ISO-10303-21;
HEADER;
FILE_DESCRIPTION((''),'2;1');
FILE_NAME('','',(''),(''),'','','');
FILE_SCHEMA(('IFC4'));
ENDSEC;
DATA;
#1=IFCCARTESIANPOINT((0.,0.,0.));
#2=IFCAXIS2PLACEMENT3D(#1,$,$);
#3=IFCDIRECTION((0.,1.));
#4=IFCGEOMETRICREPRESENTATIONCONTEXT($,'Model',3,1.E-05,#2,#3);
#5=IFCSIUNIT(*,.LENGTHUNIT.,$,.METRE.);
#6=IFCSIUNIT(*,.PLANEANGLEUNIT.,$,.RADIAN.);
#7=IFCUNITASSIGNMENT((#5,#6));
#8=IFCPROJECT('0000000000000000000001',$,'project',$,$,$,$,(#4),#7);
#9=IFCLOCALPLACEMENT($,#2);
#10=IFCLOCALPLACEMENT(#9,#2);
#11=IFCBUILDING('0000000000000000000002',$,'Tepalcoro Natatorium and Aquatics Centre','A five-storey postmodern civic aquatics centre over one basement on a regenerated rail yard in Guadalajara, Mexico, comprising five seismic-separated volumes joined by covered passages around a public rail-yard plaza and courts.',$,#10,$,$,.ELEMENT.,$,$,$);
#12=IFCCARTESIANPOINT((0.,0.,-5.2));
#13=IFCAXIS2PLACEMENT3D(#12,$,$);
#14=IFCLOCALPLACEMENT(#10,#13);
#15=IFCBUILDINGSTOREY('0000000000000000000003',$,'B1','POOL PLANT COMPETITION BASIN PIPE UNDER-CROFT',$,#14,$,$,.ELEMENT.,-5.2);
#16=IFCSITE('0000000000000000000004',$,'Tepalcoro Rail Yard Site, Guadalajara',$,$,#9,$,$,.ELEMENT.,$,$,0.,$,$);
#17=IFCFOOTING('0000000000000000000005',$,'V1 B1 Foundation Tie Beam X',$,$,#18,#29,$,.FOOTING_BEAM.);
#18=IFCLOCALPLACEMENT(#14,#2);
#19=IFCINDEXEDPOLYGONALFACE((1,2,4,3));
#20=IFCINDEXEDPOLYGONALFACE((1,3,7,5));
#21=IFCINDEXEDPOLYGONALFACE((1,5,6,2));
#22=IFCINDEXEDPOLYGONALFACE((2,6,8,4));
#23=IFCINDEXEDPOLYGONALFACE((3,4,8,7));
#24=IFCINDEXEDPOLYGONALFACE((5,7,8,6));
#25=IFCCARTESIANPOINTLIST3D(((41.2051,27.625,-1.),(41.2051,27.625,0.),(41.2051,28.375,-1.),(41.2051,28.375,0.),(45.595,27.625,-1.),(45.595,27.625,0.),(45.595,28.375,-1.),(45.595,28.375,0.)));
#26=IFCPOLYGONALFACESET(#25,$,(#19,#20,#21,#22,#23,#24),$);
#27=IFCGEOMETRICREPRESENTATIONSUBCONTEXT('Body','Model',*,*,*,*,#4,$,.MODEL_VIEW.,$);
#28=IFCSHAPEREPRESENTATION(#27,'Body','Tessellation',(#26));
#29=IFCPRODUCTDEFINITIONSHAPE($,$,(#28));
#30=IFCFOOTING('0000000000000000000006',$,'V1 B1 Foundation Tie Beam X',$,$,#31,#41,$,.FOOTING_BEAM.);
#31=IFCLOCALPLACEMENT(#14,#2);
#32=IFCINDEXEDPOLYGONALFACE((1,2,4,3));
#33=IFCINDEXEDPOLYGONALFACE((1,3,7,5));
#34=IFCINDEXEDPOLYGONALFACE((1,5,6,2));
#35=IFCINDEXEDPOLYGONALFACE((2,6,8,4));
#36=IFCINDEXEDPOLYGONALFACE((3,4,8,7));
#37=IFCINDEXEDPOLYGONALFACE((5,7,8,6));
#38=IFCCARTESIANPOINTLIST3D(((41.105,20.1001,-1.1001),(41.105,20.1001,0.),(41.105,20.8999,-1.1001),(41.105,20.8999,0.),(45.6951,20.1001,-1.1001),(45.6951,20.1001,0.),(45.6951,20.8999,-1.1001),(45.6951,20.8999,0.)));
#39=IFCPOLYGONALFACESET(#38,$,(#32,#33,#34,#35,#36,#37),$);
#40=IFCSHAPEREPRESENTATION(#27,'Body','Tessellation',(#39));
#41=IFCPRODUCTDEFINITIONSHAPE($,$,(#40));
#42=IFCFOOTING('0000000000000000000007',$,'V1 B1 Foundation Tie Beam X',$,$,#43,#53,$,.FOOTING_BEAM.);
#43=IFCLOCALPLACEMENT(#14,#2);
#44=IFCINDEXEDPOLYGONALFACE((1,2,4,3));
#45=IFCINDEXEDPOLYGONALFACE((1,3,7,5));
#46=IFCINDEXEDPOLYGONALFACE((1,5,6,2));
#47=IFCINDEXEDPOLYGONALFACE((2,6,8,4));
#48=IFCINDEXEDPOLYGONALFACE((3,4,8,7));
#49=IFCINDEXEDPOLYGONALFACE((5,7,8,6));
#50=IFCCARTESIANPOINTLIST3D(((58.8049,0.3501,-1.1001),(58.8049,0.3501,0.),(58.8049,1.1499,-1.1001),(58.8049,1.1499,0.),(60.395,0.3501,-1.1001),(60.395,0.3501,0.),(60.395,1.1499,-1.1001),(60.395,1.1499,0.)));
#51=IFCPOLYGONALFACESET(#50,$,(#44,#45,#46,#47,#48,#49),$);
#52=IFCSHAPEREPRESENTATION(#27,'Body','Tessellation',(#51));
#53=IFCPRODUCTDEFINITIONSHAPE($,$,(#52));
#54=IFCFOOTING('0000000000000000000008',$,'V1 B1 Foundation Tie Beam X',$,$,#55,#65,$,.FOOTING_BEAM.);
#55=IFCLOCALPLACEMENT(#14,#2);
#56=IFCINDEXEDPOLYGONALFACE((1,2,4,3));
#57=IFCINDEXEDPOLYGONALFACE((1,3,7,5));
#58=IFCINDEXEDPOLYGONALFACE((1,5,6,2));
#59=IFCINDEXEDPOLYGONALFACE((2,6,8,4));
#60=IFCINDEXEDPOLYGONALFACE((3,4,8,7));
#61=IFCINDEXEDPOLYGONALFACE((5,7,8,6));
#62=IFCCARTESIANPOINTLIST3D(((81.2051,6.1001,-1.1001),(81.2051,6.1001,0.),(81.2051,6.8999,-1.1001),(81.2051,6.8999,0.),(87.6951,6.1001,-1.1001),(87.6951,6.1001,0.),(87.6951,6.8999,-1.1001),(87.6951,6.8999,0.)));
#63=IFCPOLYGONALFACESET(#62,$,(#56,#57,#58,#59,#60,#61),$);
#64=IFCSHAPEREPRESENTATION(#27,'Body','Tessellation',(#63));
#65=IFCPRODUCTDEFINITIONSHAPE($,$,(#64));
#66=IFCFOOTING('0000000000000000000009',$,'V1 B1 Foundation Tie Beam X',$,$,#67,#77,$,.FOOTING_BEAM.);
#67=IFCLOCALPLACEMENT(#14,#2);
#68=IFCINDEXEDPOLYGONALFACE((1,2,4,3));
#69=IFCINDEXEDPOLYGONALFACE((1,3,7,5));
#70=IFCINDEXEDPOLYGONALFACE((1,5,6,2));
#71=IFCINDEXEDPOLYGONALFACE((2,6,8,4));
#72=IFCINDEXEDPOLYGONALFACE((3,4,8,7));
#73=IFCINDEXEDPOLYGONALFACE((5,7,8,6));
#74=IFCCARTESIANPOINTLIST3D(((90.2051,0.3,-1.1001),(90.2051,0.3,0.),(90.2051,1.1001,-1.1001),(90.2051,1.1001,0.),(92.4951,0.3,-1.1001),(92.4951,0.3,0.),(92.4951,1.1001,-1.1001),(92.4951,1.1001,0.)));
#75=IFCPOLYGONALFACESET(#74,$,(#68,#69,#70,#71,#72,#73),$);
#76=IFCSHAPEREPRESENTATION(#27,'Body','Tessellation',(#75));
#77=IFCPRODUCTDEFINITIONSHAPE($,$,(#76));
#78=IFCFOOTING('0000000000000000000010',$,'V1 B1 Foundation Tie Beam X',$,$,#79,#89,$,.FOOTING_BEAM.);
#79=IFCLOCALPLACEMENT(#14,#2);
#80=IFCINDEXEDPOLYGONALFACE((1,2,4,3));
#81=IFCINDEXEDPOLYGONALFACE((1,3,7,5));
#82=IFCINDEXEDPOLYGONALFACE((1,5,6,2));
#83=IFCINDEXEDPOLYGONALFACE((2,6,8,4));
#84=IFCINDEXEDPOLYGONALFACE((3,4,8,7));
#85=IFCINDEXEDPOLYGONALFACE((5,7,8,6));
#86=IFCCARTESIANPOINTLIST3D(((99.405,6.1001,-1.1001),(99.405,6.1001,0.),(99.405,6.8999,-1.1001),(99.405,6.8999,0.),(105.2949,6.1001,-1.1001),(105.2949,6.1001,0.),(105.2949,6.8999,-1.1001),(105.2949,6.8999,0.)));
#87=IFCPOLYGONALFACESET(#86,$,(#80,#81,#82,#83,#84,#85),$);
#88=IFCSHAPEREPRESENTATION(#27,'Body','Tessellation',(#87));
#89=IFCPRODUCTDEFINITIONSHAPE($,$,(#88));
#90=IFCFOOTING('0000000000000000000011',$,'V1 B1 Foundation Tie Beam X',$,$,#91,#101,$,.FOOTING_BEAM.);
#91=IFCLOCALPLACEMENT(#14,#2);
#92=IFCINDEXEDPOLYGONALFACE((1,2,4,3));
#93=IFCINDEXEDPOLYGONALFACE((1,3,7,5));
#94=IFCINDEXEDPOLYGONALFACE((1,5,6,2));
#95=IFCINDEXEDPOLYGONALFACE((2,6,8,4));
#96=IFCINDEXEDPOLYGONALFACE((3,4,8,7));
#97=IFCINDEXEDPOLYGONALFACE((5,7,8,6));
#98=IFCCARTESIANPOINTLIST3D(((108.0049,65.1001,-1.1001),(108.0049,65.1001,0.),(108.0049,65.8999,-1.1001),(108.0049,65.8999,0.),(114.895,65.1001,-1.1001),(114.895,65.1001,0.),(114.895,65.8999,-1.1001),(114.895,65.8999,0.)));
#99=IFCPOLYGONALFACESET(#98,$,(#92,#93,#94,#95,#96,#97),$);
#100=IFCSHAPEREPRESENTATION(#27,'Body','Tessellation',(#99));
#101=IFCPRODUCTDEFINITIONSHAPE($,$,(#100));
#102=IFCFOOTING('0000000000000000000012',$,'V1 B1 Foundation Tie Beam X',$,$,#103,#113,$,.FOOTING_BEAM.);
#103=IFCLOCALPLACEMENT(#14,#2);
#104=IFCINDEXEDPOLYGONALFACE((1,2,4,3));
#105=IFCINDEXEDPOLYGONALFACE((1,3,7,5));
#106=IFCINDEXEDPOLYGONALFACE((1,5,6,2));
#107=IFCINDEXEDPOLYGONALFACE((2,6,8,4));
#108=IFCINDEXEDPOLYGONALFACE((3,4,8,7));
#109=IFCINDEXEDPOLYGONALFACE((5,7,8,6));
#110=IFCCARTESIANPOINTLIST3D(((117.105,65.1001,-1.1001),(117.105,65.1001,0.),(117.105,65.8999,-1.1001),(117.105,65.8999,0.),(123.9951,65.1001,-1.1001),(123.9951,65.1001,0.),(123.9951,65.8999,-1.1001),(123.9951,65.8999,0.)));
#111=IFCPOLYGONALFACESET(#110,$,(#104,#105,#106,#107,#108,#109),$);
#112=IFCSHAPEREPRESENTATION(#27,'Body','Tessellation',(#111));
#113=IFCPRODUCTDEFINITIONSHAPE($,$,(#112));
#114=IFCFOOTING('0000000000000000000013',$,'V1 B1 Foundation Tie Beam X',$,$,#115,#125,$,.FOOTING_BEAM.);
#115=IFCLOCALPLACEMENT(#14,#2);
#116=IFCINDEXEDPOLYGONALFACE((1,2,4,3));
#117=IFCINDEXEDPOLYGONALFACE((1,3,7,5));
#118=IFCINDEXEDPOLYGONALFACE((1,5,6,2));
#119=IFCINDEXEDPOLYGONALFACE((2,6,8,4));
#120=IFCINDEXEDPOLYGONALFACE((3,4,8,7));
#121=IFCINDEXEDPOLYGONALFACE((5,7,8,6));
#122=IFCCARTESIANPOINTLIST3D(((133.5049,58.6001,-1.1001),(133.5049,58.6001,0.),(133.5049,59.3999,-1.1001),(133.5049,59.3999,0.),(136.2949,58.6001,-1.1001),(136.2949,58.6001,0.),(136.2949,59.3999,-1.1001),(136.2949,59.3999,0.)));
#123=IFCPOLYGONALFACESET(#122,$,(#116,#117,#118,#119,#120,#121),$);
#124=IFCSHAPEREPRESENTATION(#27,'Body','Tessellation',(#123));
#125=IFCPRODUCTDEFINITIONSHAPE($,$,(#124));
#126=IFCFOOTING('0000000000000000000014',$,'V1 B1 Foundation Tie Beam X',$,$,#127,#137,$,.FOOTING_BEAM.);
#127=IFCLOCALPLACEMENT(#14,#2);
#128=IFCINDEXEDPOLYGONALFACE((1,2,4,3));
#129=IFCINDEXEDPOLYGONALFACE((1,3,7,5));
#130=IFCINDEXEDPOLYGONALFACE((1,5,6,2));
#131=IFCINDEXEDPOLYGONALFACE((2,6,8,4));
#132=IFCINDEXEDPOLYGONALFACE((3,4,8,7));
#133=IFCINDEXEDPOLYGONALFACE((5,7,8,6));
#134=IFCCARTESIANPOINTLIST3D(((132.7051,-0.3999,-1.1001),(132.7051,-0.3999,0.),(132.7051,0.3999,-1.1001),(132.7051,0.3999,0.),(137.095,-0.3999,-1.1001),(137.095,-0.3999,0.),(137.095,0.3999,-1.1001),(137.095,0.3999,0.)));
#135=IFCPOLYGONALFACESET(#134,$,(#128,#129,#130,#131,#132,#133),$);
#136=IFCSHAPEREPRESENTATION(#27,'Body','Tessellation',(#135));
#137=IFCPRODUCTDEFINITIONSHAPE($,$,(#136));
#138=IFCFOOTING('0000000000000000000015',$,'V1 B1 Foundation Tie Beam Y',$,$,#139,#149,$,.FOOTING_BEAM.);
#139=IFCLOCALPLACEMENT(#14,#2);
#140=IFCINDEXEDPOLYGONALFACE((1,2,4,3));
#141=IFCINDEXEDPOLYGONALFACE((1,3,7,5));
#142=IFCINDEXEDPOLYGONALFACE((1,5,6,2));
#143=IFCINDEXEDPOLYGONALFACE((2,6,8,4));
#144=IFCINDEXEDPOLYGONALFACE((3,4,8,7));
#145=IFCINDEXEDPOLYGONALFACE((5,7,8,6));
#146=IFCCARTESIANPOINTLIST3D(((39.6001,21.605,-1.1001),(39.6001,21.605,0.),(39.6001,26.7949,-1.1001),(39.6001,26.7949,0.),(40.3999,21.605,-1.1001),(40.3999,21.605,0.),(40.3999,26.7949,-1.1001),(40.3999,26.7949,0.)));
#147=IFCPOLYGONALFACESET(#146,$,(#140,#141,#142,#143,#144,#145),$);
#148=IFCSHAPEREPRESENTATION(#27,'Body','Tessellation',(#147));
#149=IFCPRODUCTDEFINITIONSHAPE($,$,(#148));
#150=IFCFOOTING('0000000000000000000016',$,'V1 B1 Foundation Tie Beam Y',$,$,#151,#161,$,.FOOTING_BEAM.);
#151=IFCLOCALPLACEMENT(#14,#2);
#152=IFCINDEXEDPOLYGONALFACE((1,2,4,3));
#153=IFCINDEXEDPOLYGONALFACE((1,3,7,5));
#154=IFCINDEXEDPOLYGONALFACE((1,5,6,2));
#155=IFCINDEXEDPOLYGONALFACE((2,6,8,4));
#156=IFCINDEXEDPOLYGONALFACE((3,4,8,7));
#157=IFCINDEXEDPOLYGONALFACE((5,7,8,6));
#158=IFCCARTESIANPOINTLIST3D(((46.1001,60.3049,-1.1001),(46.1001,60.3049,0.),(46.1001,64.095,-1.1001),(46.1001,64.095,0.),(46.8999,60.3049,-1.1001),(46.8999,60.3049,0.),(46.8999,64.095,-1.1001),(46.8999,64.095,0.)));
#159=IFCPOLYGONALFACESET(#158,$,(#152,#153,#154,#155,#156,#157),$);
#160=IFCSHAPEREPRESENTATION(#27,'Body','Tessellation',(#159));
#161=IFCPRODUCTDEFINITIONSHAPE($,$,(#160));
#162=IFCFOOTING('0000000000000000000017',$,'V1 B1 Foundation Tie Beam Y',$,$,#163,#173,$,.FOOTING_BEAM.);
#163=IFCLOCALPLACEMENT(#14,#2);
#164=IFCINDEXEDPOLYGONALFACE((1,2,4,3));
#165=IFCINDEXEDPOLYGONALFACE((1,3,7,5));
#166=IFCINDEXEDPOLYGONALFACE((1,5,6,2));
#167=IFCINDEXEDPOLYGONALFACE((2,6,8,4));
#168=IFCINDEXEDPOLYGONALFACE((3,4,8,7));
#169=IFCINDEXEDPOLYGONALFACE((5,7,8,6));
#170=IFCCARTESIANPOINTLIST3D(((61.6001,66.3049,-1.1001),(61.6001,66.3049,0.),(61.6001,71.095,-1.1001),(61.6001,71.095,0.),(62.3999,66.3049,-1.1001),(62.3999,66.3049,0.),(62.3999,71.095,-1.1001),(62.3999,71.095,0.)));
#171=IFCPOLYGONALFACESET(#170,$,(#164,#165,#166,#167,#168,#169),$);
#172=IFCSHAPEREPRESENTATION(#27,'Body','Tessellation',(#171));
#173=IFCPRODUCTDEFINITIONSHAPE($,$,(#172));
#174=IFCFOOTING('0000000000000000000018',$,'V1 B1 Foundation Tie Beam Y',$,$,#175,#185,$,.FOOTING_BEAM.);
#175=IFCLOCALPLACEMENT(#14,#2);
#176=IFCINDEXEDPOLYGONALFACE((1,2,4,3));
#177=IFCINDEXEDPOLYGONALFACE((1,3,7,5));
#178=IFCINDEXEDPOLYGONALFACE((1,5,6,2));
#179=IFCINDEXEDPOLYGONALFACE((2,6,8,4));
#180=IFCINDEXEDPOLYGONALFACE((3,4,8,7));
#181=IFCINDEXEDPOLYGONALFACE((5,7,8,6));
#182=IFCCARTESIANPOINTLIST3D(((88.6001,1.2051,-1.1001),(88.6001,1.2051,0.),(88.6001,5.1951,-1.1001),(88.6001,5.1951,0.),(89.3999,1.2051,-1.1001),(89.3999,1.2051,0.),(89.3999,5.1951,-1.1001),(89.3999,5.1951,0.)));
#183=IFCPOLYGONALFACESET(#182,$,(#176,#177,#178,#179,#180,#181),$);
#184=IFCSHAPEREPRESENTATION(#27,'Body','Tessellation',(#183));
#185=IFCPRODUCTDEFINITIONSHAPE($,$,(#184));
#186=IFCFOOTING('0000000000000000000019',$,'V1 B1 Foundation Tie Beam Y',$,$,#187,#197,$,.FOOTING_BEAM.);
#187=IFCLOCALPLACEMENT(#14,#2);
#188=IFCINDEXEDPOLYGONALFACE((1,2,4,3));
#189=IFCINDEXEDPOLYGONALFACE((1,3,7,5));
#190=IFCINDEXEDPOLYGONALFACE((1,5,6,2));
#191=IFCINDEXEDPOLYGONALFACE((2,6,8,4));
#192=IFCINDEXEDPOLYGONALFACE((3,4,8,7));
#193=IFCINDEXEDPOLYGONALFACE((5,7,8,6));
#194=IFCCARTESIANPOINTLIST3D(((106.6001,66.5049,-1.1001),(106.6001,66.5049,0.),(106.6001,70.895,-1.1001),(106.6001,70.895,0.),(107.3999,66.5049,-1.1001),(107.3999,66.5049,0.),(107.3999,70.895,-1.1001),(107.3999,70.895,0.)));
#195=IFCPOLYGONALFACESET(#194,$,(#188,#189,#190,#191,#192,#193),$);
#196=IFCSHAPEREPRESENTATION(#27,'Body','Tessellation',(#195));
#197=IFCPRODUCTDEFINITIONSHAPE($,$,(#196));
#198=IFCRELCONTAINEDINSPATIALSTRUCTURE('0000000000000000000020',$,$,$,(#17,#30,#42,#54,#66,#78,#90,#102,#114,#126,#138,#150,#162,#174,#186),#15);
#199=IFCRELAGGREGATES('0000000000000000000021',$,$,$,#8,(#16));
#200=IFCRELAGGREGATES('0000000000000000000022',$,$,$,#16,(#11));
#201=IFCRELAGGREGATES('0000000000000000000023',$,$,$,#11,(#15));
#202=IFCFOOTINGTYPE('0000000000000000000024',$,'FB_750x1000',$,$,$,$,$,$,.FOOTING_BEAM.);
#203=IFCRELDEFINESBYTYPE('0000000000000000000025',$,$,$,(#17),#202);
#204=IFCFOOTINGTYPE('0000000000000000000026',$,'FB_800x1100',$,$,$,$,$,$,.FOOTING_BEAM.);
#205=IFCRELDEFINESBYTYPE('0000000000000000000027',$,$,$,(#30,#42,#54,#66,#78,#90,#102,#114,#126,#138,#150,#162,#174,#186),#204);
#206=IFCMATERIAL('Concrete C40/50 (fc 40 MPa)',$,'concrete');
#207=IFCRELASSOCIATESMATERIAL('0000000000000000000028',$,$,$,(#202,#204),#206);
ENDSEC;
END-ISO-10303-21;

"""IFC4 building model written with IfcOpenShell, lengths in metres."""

from ifc_helpers import new_model, si_unit, direction, frame, origin, place, context, subcontext, project, spatial, polyline, outline, extrude, material, type_object, element, save


model = new_model("IFC4")

# Units and contexts
model_context = context("Model", 3, precision=1e-05, world=origin(), true_north=direction((0.0, 1.0)))
body_context = subcontext(model_context, "Body", "Model", "MODEL_VIEW")
ifc_project = project(units=[si_unit("LENGTHUNIT", "METRE"), si_unit("PLANEANGLEUNIT", "RADIAN")], contexts=[model_context])

# Site, building, storey
site_placement = place(None, origin())
site = spatial("IfcSite", under=ifc_project, at=site_placement, Name="Tepalcoro Rail Yard Site, Guadalajara", CompositionType="ELEMENT", RefElevation=0.0)
building_placement = place(site_placement, origin())
building = spatial("IfcBuilding", under=site, at=building_placement, Name="Tepalcoro Natatorium and Aquatics Centre", Description="A five-storey postmodern civic aquatics centre over one basement on a regenerated rail yard in Guadalajara, Mexico, comprising five seismic-separated volumes joined by covered passages around a public rail-yard plaza and courts.", CompositionType="ELEMENT")
storey_placement = place(building_placement, frame((0.0, 0.0, -5.2)))
storey = spatial("IfcBuildingStorey", under=building, at=storey_placement, Name="B1", Description="POOL PLANT COMPETITION BASIN PIPE UNDER-CROFT", CompositionType="ELEMENT", Elevation=-5.2)

# Footings
ifc_material = material(Name="Concrete C40/50 (fc 40 MPa)", Category="concrete")
footing_type_1 = type_object("IfcFootingType", Name="FB_750x1000", PredefinedType="FOOTING_BEAM", material=ifc_material)
footing_1_placement = place(storey_placement, frame((0.0, 0.0, -1.0)))
element("IfcFooting", 1, at=footing_1_placement, inside=storey, type_object=footing_type_1, Name="V1 B1 Foundation Tie Beam X", PredefinedType="FOOTING_BEAM", context=body_context, shape_type="SweptSolid", body=[
    extrude(outline(polyline([(41.2051, 27.625), (45.595, 27.625), (45.595, 28.375), (41.2051, 28.375), (41.2051, 27.625)])), origin(), (0.0, 0.0, 1.0), 1.0),
])
footing_type_2 = type_object("IfcFootingType", Name="FB_800x1100", PredefinedType="FOOTING_BEAM", material=ifc_material)
footing_2_placement = place(storey_placement, frame((0.0, 0.0, -1.1001)))
element("IfcFooting", 2, at=footing_2_placement, inside=storey, type_object=footing_type_2, Name="V1 B1 Foundation Tie Beam X", PredefinedType="FOOTING_BEAM", context=body_context, shape_type="SweptSolid", body=[
    extrude(outline(polyline([(41.105, 20.1001), (45.6951, 20.1001), (45.6951, 20.8999), (41.105, 20.8999), (41.105, 20.1001)])), origin(), (0.0, 0.0, 1.0), 1.1001),
])
footing_3_placement = place(storey_placement, frame((0.0, 0.0, -1.1001)))
element("IfcFooting", 3, at=footing_3_placement, inside=storey, type_object=footing_type_2, Name="V1 B1 Foundation Tie Beam X", PredefinedType="FOOTING_BEAM", context=body_context, shape_type="SweptSolid", body=[
    extrude(outline(polyline([(58.8049, 0.3501), (60.395, 0.3501), (60.395, 1.1499), (58.8049, 1.1499), (58.8049, 0.3501)])), origin(), (0.0, 0.0, 1.0), 1.1001),
])
footing_4_placement = place(storey_placement, frame((0.0, 0.0, -1.1001)))
element("IfcFooting", 4, at=footing_4_placement, inside=storey, type_object=footing_type_2, Name="V1 B1 Foundation Tie Beam X", PredefinedType="FOOTING_BEAM", context=body_context, shape_type="SweptSolid", body=[
    extrude(outline(polyline([(81.2051, 6.1001), (87.6951, 6.1001), (87.6951, 6.8999), (81.2051, 6.8999), (81.2051, 6.1001)])), origin(), (0.0, 0.0, 1.0), 1.1001),
])
footing_5_placement = place(storey_placement, frame((0.0, 0.0, -1.1001)))
element("IfcFooting", 5, at=footing_5_placement, inside=storey, type_object=footing_type_2, Name="V1 B1 Foundation Tie Beam X", PredefinedType="FOOTING_BEAM", context=body_context, shape_type="SweptSolid", body=[
    extrude(outline(polyline([(90.2051, 0.3), (92.4951, 0.3), (92.4951, 1.1001), (90.2051, 1.1001), (90.2051, 0.3)])), origin(), (0.0, 0.0, 1.0), 1.1001),
])
footing_6_placement = place(storey_placement, frame((0.0, 0.0, -1.1001)))
element("IfcFooting", 6, at=footing_6_placement, inside=storey, type_object=footing_type_2, Name="V1 B1 Foundation Tie Beam X", PredefinedType="FOOTING_BEAM", context=body_context, shape_type="SweptSolid", body=[
    extrude(outline(polyline([(99.405, 6.1001), (105.2949, 6.1001), (105.2949, 6.8999), (99.405, 6.8999), (99.405, 6.1001)])), origin(), (0.0, 0.0, 1.0), 1.1001),
])
footing_7_placement = place(storey_placement, frame((0.0, 0.0, -1.1001)))
element("IfcFooting", 7, at=footing_7_placement, inside=storey, type_object=footing_type_2, Name="V1 B1 Foundation Tie Beam X", PredefinedType="FOOTING_BEAM", context=body_context, shape_type="SweptSolid", body=[
    extrude(outline(polyline([(108.0049, 65.1001), (114.895, 65.1001), (114.895, 65.8999), (108.0049, 65.8999), (108.0049, 65.1001)])), origin(), (0.0, 0.0, 1.0), 1.1001),
])
footing_8_placement = place(storey_placement, frame((0.0, 0.0, -1.1001)))
element("IfcFooting", 8, at=footing_8_placement, inside=storey, type_object=footing_type_2, Name="V1 B1 Foundation Tie Beam X", PredefinedType="FOOTING_BEAM", context=body_context, shape_type="SweptSolid", body=[
    extrude(outline(polyline([(117.105, 65.1001), (123.9951, 65.1001), (123.9951, 65.8999), (117.105, 65.8999), (117.105, 65.1001)])), origin(), (0.0, 0.0, 1.0), 1.1001),
])
footing_9_placement = place(storey_placement, frame((0.0, 0.0, -1.1001)))
element("IfcFooting", 9, at=footing_9_placement, inside=storey, type_object=footing_type_2, Name="V1 B1 Foundation Tie Beam X", PredefinedType="FOOTING_BEAM", context=body_context, shape_type="SweptSolid", body=[
    extrude(outline(polyline([(133.5049, 58.6001), (136.2949, 58.6001), (136.2949, 59.3999), (133.5049, 59.3999), (133.5049, 58.6001)])), origin(), (0.0, 0.0, 1.0), 1.1001),
])
footing_10_placement = place(storey_placement, frame((0.0, 0.0, -1.1001)))
element("IfcFooting", 10, at=footing_10_placement, inside=storey, type_object=footing_type_2, Name="V1 B1 Foundation Tie Beam X", PredefinedType="FOOTING_BEAM", context=body_context, shape_type="SweptSolid", body=[
    extrude(outline(polyline([(132.7051, -0.3999), (137.095, -0.3999), (137.095, 0.3999), (132.7051, 0.3999), (132.7051, -0.3999)])), origin(), (0.0, 0.0, 1.0), 1.1001),
])
footing_11_placement = place(storey_placement, frame((0.0, 0.0, -1.1001)))
element("IfcFooting", 11, at=footing_11_placement, inside=storey, type_object=footing_type_2, Name="V1 B1 Foundation Tie Beam Y", PredefinedType="FOOTING_BEAM", context=body_context, shape_type="SweptSolid", body=[
    extrude(outline(polyline([(40.3999, 21.605), (40.3999, 26.7949), (39.6001, 26.7949), (39.6001, 21.605), (40.3999, 21.605)])), origin(), (0.0, 0.0, 1.0), 1.1001),
])
footing_12_placement = place(storey_placement, frame((0.0, 0.0, -1.1001)))
element("IfcFooting", 12, at=footing_12_placement, inside=storey, type_object=footing_type_2, Name="V1 B1 Foundation Tie Beam Y", PredefinedType="FOOTING_BEAM", context=body_context, shape_type="SweptSolid", body=[
    extrude(outline(polyline([(46.8999, 60.3049), (46.8999, 64.095), (46.1001, 64.095), (46.1001, 60.3049), (46.8999, 60.3049)])), origin(), (0.0, 0.0, 1.0), 1.1001),
])
footing_13_placement = place(storey_placement, frame((0.0, 0.0, -1.1001)))
element("IfcFooting", 13, at=footing_13_placement, inside=storey, type_object=footing_type_2, Name="V1 B1 Foundation Tie Beam Y", PredefinedType="FOOTING_BEAM", context=body_context, shape_type="SweptSolid", body=[
    extrude(outline(polyline([(62.3999, 66.3049), (62.3999, 71.095), (61.6001, 71.095), (61.6001, 66.3049), (62.3999, 66.3049)])), origin(), (0.0, 0.0, 1.0), 1.1001),
])
footing_14_placement = place(storey_placement, frame((0.0, 0.0, -1.1001)))
element("IfcFooting", 14, at=footing_14_placement, inside=storey, type_object=footing_type_2, Name="V1 B1 Foundation Tie Beam Y", PredefinedType="FOOTING_BEAM", context=body_context, shape_type="SweptSolid", body=[
    extrude(outline(polyline([(89.3999, 1.2051), (89.3999, 5.1951), (88.6001, 5.1951), (88.6001, 1.2051), (89.3999, 1.2051)])), origin(), (0.0, 0.0, 1.0), 1.1001),
])
footing_15_placement = place(storey_placement, frame((0.0, 0.0, -1.1001)))
element("IfcFooting", 15, at=footing_15_placement, inside=storey, type_object=footing_type_2, Name="V1 B1 Foundation Tie Beam Y", PredefinedType="FOOTING_BEAM", context=body_context, shape_type="SweptSolid", body=[
    extrude(outline(polyline([(107.3999, 66.5049), (107.3999, 70.895), (106.6001, 70.895), (106.6001, 66.5049), (107.3999, 66.5049)])), origin(), (0.0, 0.0, 1.0), 1.1001),
])

save(model, "model.ifc")
